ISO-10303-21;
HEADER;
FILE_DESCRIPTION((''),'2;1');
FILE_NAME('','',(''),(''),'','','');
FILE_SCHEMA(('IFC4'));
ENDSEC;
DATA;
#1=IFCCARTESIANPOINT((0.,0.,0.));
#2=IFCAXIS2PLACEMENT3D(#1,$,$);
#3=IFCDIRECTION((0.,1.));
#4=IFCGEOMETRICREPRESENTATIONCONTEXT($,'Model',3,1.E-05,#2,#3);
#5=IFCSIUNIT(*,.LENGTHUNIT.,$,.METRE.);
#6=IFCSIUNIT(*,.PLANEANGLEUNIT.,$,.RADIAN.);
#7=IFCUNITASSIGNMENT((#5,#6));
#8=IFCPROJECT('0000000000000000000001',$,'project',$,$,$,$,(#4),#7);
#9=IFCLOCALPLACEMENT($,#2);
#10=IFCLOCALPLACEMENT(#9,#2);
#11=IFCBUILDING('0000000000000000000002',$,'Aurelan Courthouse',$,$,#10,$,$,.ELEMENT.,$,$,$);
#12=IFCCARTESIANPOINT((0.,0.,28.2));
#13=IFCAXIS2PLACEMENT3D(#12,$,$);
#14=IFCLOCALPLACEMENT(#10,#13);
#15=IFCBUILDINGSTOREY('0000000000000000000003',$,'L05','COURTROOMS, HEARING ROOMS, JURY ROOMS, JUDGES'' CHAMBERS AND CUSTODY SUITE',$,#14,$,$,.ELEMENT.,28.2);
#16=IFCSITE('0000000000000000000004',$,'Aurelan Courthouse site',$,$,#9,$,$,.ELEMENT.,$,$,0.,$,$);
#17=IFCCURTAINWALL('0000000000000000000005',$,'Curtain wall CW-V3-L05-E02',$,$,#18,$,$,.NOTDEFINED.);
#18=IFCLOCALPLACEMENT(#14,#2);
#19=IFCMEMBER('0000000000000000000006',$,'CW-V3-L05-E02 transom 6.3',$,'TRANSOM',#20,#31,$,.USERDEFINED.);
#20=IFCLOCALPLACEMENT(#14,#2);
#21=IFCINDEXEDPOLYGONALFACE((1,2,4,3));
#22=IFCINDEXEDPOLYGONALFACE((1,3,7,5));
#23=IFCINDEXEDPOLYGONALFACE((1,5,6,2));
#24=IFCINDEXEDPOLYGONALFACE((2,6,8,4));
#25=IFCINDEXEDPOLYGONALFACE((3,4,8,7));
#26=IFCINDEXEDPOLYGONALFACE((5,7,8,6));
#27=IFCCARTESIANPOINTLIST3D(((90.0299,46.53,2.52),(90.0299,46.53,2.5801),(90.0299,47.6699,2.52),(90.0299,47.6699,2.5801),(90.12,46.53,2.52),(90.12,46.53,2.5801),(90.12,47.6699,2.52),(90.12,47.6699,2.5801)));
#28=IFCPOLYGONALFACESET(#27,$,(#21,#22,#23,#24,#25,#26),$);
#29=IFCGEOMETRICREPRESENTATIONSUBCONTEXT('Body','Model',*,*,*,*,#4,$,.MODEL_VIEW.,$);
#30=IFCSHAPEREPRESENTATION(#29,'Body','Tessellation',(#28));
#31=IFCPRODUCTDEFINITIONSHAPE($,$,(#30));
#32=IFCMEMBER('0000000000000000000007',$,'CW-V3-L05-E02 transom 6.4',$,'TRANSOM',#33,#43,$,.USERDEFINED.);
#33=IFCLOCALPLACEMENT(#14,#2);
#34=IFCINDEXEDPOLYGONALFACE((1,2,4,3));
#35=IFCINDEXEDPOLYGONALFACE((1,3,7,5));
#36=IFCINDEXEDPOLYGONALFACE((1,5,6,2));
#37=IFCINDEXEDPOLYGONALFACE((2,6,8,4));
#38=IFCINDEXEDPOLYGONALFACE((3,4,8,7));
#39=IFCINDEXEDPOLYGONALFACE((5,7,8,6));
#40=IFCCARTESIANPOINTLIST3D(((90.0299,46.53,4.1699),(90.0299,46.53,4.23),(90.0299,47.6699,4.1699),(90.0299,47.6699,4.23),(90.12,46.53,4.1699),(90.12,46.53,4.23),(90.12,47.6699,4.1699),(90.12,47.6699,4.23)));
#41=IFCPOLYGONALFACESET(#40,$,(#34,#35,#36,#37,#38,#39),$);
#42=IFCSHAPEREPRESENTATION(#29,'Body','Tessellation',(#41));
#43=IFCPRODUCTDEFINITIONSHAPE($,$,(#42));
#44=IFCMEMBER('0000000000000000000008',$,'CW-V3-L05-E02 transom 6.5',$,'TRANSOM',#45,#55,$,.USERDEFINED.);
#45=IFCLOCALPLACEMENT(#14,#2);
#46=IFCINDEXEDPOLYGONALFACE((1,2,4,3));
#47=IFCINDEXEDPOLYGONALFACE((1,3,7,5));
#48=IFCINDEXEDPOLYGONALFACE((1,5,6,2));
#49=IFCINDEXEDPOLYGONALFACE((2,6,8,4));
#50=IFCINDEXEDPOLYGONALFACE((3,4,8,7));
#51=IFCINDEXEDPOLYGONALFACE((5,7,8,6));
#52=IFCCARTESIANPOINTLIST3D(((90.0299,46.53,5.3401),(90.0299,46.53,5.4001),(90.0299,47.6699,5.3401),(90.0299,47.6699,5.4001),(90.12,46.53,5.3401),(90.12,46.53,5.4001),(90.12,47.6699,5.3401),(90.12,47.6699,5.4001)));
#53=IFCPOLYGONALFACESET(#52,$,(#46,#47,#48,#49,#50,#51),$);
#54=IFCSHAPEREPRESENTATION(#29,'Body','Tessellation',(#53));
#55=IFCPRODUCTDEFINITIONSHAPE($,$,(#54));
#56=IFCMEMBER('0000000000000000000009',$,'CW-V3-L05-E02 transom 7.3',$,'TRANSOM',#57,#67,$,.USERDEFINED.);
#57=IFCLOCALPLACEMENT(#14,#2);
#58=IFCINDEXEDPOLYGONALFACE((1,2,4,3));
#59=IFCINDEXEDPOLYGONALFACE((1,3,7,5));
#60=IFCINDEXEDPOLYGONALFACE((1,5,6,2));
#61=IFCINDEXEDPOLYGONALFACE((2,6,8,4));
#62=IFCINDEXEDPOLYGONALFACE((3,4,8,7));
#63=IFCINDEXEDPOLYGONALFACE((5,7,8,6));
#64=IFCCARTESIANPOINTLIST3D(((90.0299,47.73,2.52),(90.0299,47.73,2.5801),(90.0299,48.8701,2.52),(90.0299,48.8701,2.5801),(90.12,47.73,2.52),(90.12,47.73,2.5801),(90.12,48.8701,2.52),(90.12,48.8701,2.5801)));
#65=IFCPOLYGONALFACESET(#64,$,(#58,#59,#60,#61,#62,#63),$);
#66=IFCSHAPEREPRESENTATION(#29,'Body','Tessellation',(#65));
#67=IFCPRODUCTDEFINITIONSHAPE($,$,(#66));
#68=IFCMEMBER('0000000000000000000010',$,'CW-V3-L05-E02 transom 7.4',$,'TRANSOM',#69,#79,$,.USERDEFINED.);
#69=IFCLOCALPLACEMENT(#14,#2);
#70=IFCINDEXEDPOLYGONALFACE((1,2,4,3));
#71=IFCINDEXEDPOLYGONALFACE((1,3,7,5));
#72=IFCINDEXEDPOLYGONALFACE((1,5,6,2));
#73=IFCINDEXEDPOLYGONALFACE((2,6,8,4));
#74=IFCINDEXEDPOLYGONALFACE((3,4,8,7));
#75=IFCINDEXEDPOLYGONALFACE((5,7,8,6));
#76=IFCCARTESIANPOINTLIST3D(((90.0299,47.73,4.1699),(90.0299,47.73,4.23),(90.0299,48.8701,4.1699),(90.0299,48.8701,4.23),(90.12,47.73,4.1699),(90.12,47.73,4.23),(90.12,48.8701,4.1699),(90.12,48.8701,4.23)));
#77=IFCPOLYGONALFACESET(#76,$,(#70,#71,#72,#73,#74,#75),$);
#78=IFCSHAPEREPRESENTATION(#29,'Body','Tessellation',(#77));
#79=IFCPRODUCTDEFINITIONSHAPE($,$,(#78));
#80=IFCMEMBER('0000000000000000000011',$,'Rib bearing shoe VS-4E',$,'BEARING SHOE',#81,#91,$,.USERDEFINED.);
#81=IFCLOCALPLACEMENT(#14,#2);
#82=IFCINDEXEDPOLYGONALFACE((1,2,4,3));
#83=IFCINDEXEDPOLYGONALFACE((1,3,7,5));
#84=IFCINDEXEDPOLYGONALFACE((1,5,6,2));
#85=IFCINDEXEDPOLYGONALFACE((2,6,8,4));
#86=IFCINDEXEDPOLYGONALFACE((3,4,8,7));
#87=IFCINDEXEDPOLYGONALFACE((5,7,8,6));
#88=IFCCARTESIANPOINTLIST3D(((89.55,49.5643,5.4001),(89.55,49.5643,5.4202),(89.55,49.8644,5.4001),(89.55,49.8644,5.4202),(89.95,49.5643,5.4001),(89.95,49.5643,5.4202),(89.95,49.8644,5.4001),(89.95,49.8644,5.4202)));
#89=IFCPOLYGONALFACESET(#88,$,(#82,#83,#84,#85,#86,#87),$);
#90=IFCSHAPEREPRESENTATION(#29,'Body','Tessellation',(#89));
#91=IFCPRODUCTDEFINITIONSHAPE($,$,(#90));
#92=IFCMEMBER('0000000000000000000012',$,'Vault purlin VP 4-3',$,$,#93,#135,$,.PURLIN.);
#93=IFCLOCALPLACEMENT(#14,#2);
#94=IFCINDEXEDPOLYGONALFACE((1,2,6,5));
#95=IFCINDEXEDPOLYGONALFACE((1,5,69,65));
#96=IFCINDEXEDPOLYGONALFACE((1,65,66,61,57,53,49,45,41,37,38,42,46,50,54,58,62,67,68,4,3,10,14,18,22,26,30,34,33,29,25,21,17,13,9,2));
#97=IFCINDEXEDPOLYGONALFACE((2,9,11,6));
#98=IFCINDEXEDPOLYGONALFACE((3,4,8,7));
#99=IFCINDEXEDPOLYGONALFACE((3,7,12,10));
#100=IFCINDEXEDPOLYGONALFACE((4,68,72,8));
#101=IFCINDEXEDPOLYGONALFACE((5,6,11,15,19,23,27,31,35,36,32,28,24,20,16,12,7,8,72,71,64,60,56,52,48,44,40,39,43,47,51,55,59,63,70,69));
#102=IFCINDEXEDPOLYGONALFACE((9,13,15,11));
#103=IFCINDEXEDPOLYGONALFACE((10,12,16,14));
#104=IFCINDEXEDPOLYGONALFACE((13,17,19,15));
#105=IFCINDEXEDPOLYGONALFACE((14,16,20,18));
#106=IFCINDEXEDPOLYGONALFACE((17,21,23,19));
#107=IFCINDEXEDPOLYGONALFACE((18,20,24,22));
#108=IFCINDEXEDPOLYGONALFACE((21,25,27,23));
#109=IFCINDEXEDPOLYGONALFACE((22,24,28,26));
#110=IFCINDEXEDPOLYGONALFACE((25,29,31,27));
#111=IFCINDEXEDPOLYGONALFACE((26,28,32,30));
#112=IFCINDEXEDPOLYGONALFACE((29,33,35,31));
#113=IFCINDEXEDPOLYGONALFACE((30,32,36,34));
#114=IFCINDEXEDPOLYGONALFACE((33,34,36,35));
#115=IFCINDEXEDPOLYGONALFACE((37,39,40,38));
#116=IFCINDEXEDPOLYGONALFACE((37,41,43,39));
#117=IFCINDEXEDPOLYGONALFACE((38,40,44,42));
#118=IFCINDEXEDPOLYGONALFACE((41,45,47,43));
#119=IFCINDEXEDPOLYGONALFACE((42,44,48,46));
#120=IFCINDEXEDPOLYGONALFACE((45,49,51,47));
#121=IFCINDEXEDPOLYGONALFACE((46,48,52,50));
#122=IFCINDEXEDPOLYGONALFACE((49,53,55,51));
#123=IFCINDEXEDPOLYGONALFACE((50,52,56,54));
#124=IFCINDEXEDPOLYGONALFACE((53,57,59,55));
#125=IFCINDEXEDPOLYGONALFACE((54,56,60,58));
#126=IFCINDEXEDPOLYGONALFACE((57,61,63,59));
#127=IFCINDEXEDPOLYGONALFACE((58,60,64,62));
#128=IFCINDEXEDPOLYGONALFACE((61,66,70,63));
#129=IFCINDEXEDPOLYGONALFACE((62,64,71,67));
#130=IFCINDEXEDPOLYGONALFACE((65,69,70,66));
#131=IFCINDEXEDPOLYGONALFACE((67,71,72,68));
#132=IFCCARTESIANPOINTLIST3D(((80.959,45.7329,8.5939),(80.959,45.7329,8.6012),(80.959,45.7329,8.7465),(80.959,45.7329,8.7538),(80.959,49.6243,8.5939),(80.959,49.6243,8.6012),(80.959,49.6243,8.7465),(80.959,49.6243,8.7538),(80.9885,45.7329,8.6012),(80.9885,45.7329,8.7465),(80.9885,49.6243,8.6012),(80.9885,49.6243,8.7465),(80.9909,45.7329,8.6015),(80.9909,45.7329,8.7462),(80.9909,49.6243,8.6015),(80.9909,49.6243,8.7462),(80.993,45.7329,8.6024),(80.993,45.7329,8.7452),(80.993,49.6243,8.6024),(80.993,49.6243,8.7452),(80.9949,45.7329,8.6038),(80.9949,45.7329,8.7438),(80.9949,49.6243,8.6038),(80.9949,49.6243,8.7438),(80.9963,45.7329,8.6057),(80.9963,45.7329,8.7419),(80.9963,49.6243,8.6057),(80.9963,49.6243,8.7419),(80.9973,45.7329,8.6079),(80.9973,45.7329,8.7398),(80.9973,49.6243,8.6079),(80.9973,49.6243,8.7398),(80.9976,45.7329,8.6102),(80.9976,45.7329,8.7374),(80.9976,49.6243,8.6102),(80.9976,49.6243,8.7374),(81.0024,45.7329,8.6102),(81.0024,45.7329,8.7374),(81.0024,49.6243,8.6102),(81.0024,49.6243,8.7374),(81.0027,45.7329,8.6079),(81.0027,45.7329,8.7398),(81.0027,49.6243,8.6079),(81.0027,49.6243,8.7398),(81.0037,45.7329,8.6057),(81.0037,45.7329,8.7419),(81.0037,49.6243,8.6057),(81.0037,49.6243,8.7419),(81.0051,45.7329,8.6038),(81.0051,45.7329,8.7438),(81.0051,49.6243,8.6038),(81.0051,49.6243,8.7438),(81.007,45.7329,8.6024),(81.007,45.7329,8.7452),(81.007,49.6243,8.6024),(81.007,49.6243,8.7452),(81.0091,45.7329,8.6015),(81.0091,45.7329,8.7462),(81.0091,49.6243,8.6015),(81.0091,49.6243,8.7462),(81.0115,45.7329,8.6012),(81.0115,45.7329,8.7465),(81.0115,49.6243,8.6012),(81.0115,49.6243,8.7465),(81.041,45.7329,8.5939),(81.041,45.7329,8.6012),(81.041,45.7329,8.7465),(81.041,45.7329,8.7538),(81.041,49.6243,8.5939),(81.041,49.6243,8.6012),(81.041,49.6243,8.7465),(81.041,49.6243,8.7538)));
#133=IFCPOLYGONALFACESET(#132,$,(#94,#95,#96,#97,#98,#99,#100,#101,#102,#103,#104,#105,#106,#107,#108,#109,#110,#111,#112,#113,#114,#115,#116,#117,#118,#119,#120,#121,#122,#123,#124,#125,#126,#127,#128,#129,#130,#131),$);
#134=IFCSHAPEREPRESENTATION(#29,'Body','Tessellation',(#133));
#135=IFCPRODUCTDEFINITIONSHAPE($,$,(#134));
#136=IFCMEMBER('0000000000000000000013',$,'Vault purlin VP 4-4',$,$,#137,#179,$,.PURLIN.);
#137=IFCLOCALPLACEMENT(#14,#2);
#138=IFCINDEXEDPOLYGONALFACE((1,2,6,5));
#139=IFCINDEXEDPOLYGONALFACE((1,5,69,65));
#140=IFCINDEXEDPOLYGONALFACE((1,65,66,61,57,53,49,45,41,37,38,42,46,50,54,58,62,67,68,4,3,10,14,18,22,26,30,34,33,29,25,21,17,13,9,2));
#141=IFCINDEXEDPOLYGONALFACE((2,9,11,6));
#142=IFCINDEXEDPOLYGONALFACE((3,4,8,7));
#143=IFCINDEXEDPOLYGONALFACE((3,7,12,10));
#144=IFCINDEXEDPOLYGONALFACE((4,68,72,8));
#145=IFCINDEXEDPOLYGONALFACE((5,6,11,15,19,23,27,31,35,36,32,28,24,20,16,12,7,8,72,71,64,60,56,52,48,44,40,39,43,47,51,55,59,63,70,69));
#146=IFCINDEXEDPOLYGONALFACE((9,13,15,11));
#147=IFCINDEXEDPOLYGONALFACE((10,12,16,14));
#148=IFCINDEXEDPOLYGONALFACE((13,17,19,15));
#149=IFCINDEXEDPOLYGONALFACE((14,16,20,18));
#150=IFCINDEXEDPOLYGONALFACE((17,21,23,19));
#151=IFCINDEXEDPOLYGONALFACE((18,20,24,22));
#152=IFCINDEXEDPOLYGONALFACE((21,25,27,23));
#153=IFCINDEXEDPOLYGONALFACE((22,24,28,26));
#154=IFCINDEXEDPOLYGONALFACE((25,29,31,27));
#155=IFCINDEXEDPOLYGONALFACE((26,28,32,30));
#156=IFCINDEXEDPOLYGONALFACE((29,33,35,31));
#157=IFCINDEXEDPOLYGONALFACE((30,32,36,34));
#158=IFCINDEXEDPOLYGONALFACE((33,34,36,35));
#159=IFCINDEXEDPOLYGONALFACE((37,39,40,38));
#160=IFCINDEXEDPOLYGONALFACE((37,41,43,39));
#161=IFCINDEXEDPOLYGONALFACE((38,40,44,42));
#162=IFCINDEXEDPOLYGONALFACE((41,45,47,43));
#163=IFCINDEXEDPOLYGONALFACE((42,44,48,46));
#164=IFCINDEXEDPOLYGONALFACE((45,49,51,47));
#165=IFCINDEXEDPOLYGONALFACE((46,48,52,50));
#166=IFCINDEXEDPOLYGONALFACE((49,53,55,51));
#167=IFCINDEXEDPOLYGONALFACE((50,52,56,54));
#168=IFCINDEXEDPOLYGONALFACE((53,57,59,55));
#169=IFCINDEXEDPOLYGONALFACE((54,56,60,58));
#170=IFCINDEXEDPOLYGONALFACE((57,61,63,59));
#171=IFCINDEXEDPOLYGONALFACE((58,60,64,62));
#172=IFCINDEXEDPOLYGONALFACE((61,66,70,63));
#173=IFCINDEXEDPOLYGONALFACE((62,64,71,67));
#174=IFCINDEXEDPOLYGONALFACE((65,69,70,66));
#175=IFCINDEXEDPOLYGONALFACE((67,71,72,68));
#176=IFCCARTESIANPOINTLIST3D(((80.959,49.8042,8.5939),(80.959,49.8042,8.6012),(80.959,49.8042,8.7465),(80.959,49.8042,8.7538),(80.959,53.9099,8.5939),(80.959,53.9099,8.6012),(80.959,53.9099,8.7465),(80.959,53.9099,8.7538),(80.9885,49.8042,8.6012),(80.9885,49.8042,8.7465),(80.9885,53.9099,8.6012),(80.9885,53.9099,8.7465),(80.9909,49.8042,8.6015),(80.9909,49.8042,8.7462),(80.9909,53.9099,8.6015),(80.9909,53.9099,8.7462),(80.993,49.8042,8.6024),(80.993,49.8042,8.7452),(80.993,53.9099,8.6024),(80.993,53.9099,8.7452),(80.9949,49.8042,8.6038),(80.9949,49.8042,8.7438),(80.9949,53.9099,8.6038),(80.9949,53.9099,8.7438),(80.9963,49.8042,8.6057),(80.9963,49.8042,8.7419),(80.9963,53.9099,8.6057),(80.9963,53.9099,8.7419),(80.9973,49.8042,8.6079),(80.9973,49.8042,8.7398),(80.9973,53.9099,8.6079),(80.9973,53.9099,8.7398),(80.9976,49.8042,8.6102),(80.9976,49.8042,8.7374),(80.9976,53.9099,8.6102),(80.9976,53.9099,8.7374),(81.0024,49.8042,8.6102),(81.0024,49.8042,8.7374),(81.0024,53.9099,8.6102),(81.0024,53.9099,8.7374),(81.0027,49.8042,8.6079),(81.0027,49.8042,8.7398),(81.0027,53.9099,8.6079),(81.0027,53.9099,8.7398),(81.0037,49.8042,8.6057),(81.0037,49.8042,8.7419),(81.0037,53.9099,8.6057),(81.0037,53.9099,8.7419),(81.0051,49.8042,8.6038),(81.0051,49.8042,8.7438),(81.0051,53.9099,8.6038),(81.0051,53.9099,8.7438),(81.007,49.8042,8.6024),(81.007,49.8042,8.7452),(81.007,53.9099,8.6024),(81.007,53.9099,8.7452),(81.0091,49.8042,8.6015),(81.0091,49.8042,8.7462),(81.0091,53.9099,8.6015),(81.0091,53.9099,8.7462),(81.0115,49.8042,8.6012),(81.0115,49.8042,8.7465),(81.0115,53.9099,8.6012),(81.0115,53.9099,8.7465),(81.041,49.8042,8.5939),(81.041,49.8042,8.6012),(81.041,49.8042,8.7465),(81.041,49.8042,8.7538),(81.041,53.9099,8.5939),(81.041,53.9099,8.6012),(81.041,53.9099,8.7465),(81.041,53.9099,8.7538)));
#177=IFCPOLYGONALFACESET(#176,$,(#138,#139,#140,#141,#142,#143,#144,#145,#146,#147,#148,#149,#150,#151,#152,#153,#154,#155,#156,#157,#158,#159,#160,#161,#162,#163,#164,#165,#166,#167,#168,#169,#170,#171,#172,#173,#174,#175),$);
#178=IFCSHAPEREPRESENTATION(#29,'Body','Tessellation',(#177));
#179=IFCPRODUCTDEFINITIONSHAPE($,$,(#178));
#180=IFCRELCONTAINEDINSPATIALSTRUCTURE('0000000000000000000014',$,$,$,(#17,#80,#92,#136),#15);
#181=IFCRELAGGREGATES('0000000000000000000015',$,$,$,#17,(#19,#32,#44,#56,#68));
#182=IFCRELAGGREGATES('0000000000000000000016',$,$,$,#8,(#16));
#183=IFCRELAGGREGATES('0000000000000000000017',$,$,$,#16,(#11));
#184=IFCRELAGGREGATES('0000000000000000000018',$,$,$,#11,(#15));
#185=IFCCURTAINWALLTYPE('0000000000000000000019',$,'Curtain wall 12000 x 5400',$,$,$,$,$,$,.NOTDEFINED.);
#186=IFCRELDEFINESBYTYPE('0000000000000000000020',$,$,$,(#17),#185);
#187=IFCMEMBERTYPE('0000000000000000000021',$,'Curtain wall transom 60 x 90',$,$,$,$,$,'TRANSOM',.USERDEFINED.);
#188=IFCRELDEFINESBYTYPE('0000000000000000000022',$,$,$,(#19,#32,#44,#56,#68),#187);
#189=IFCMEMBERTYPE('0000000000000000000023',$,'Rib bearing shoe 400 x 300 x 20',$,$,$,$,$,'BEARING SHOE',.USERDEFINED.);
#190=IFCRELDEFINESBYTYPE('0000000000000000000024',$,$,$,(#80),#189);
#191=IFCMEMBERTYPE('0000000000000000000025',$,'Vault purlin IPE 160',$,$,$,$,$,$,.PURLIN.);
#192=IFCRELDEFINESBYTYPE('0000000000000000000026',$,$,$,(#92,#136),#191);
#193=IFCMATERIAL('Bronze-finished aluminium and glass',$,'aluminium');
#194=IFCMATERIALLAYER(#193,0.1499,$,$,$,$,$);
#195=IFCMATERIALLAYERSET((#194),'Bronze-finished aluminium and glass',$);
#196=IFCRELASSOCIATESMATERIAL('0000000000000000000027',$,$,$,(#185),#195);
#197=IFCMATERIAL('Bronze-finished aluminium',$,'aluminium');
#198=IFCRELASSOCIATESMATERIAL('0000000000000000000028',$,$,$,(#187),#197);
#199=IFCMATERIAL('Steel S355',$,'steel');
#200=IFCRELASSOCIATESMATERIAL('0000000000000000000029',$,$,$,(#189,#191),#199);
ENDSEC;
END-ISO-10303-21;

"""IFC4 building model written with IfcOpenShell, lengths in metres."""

from ifc_helpers import new_model, si_unit, direction, frame, origin, origin_2d, place, context, subcontext, project, spatial, rectangle, i_section, extrude, material, layer, layer_set, material_profile, profile_set, type_object, element, aggregate, save


model = new_model("IFC4")

# Units and contexts
model_context = context("Model", 3, precision=1e-05, world=origin(), true_north=direction((0.0, 1.0)))
body_context = subcontext(model_context, "Body", "Model", "MODEL_VIEW")
ifc_project = project(units=[si_unit("LENGTHUNIT", "METRE"), si_unit("PLANEANGLEUNIT", "RADIAN")], contexts=[model_context])

# Site, building, storey
site_placement = place(None, origin())
site = spatial("IfcSite", under=ifc_project, at=site_placement, Name="Aurelan Courthouse site", CompositionType="ELEMENT", RefElevation=0.0)
building_placement = place(site_placement, origin())
building = spatial("IfcBuilding", under=site, at=building_placement, Name="Aurelan Courthouse", CompositionType="ELEMENT")
storey_placement = place(building_placement, frame((0.0, 0.0, 28.2)))
storey = spatial("IfcBuildingStorey", under=building, at=storey_placement, Name="L05", Description="COURTROOMS, HEARING ROOMS, JURY ROOMS, JUDGES' CHAMBERS AND CUSTODY SUITE", CompositionType="ELEMENT", Elevation=28.2)

# Curtain wall, members
ifc_material_1 = material(Name="Bronze-finished aluminium and glass", Category="aluminium")
ifc_layer_1 = layer(ifc_material_1, 0.1499)
ifc_layer_set_1 = layer_set([ifc_layer_1], Name="Bronze-finished aluminium and glass")
curtain_wall_type = type_object("IfcCurtainWallType", Name="Curtain wall 12000 x 5400", PredefinedType="NOTDEFINED", material=ifc_layer_set_1)
curtain_wall_placement = place(storey_placement, origin())
curtain_wall = element("IfcCurtainWall", 1, at=curtain_wall_placement, inside=storey, type_object=curtain_wall_type, Name="Curtain wall CW-V3-L05-E02", PredefinedType="NOTDEFINED")
ifc_material_2 = material(Name="Bronze-finished aluminium", Category="aluminium")
ifc_material_profile_1 = material_profile(ifc_material_2, rectangle(XDim=0.0901, YDim=0.0601, at=origin_2d()), Name="Bronze transom 60 x 90")
ifc_profile_set_1 = profile_set([ifc_material_profile_1], Name="Bronze-finished aluminium")
member_type_1 = type_object("IfcMemberType", Name="Curtain wall transom 60 x 90", ElementType="TRANSOM", PredefinedType="USERDEFINED", material=ifc_profile_set_1)
member_1_placement = place(storey_placement, frame((90.075, 46.53, 2.55), z_axis=(0.0, 1.0, 0.0), x_axis=(-1.0, 0.0, 0.0)))
member_1 = element("IfcMember", 2, at=member_1_placement, type_object=member_type_1, Name="CW-V3-L05-E02 transom 6.3", ObjectType="TRANSOM", PredefinedType="USERDEFINED", context=body_context, shape_type="SweptSolid", body=[
    extrude(rectangle(XDim=0.0901, YDim=0.0601, at=origin_2d()), origin(), (0.0, 0.0, 1.0), 1.1399),
])
member_2_placement = place(storey_placement, frame((90.075, 46.53, 4.2), z_axis=(0.0, 1.0, 0.0), x_axis=(-1.0, 0.0, 0.0)))
member_2 = element("IfcMember", 3, at=member_2_placement, type_object=member_type_1, Name="CW-V3-L05-E02 transom 6.4", ObjectType="TRANSOM", PredefinedType="USERDEFINED", context=body_context, shape_type="SweptSolid", body=[
    extrude(rectangle(XDim=0.0901, YDim=0.0601, at=origin_2d()), origin(), (0.0, 0.0, 1.0), 1.1399),
])
member_3_placement = place(storey_placement, frame((90.075, 46.53, 5.3701), z_axis=(0.0, 1.0, 0.0), x_axis=(-1.0, 0.0, 0.0)))
member_3 = element("IfcMember", 4, at=member_3_placement, type_object=member_type_1, Name="CW-V3-L05-E02 transom 6.5", ObjectType="TRANSOM", PredefinedType="USERDEFINED", context=body_context, shape_type="SweptSolid", body=[
    extrude(rectangle(XDim=0.0901, YDim=0.0601, at=origin_2d()), origin(), (0.0, 0.0, 1.0), 1.1399),
])
member_4_placement = place(storey_placement, frame((90.075, 47.73, 2.55), z_axis=(0.0, 1.0, 0.0), x_axis=(-1.0, 0.0, 0.0)))
member_4 = element("IfcMember", 5, at=member_4_placement, type_object=member_type_1, Name="CW-V3-L05-E02 transom 7.3", ObjectType="TRANSOM", PredefinedType="USERDEFINED", context=body_context, shape_type="SweptSolid", body=[
    extrude(rectangle(XDim=0.0901, YDim=0.0601, at=origin_2d()), origin(), (0.0, 0.0, 1.0), 1.1401),
])
member_5_placement = place(storey_placement, frame((90.075, 47.73, 4.2), z_axis=(0.0, 1.0, 0.0), x_axis=(-1.0, 0.0, 0.0)))
member_5 = element("IfcMember", 6, at=member_5_placement, type_object=member_type_1, Name="CW-V3-L05-E02 transom 7.4", ObjectType="TRANSOM", PredefinedType="USERDEFINED", context=body_context, shape_type="SweptSolid", body=[
    extrude(rectangle(XDim=0.0901, YDim=0.0601, at=origin_2d()), origin(), (0.0, 0.0, 1.0), 1.1401),
])

# Members
ifc_material_3 = material(Name="Steel S355", Category="steel")
ifc_material_profile_2 = material_profile(ifc_material_3, rectangle(XDim=0.3999, YDim=0.3, at=origin_2d()), Name="PL 400 x 300")
ifc_profile_set_2 = profile_set([ifc_material_profile_2], Name="Steel S355")
member_type_2 = type_object("IfcMemberType", Name="Rib bearing shoe 400 x 300 x 20", ElementType="BEARING SHOE", PredefinedType="USERDEFINED", material=ifc_profile_set_2)
member_6_placement = place(storey_placement, frame((89.75, 49.7144, 5.4001), z_axis=(0.0, 0.0, 1.0), x_axis=(1.0, 0.0, 0.0)))
element("IfcMember", 7, at=member_6_placement, inside=storey, type_object=member_type_2, Name="Rib bearing shoe VS-4E", ObjectType="BEARING SHOE", PredefinedType="USERDEFINED", context=body_context, shape_type="SweptSolid", body=[
    extrude(rectangle(XDim=0.3999, YDim=0.3, at=origin_2d()), origin(), (0.0, 0.0, 1.0), 0.02),
])
ifc_material_profile_3 = material_profile(ifc_material_3, i_section(OverallWidth=0.082, OverallDepth=0.1599, WebThickness=0.0049, FlangeThickness=0.0073, FilletRadius=0.009, at=origin_2d()), Name="IPE 160")
ifc_profile_set_3 = profile_set([ifc_material_profile_3], Name="Steel S355")
member_type_3 = type_object("IfcMemberType", Name="Vault purlin IPE 160", PredefinedType="PURLIN", material=ifc_profile_set_3)
member_7_placement = place(storey_placement, frame((81.0, 45.7329, 8.6738), z_axis=(0.0, 1.0, 0.0), x_axis=(-1.0, 0.0, 0.0)))
element("IfcMember", 8, at=member_7_placement, inside=storey, type_object=member_type_3, Name="Vault purlin VP 4-3", PredefinedType="PURLIN", context=body_context, shape_type="SweptSolid", body=[
    extrude(i_section(OverallWidth=0.082, OverallDepth=0.1599, WebThickness=0.0049, FlangeThickness=0.0073, FilletRadius=0.009, at=origin_2d()), origin(), (0.0, 0.0, 1.0), 3.8914),
])
member_8_placement = place(storey_placement, frame((81.0, 49.8042, 8.6738), z_axis=(0.0, 1.0, 0.0), x_axis=(-1.0, 0.0, 0.0)))
element("IfcMember", 9, at=member_8_placement, inside=storey, type_object=member_type_3, Name="Vault purlin VP 4-4", PredefinedType="PURLIN", context=body_context, shape_type="SweptSolid", body=[
    extrude(i_section(OverallWidth=0.082, OverallDepth=0.1599, WebThickness=0.0049, FlangeThickness=0.0073, FilletRadius=0.009, at=origin_2d()), origin(), (0.0, 0.0, 1.0), 4.1057),
])

aggregate(curtain_wall, [member_1, member_2, member_3, member_4, member_5])

save(model, "model.ifc")
